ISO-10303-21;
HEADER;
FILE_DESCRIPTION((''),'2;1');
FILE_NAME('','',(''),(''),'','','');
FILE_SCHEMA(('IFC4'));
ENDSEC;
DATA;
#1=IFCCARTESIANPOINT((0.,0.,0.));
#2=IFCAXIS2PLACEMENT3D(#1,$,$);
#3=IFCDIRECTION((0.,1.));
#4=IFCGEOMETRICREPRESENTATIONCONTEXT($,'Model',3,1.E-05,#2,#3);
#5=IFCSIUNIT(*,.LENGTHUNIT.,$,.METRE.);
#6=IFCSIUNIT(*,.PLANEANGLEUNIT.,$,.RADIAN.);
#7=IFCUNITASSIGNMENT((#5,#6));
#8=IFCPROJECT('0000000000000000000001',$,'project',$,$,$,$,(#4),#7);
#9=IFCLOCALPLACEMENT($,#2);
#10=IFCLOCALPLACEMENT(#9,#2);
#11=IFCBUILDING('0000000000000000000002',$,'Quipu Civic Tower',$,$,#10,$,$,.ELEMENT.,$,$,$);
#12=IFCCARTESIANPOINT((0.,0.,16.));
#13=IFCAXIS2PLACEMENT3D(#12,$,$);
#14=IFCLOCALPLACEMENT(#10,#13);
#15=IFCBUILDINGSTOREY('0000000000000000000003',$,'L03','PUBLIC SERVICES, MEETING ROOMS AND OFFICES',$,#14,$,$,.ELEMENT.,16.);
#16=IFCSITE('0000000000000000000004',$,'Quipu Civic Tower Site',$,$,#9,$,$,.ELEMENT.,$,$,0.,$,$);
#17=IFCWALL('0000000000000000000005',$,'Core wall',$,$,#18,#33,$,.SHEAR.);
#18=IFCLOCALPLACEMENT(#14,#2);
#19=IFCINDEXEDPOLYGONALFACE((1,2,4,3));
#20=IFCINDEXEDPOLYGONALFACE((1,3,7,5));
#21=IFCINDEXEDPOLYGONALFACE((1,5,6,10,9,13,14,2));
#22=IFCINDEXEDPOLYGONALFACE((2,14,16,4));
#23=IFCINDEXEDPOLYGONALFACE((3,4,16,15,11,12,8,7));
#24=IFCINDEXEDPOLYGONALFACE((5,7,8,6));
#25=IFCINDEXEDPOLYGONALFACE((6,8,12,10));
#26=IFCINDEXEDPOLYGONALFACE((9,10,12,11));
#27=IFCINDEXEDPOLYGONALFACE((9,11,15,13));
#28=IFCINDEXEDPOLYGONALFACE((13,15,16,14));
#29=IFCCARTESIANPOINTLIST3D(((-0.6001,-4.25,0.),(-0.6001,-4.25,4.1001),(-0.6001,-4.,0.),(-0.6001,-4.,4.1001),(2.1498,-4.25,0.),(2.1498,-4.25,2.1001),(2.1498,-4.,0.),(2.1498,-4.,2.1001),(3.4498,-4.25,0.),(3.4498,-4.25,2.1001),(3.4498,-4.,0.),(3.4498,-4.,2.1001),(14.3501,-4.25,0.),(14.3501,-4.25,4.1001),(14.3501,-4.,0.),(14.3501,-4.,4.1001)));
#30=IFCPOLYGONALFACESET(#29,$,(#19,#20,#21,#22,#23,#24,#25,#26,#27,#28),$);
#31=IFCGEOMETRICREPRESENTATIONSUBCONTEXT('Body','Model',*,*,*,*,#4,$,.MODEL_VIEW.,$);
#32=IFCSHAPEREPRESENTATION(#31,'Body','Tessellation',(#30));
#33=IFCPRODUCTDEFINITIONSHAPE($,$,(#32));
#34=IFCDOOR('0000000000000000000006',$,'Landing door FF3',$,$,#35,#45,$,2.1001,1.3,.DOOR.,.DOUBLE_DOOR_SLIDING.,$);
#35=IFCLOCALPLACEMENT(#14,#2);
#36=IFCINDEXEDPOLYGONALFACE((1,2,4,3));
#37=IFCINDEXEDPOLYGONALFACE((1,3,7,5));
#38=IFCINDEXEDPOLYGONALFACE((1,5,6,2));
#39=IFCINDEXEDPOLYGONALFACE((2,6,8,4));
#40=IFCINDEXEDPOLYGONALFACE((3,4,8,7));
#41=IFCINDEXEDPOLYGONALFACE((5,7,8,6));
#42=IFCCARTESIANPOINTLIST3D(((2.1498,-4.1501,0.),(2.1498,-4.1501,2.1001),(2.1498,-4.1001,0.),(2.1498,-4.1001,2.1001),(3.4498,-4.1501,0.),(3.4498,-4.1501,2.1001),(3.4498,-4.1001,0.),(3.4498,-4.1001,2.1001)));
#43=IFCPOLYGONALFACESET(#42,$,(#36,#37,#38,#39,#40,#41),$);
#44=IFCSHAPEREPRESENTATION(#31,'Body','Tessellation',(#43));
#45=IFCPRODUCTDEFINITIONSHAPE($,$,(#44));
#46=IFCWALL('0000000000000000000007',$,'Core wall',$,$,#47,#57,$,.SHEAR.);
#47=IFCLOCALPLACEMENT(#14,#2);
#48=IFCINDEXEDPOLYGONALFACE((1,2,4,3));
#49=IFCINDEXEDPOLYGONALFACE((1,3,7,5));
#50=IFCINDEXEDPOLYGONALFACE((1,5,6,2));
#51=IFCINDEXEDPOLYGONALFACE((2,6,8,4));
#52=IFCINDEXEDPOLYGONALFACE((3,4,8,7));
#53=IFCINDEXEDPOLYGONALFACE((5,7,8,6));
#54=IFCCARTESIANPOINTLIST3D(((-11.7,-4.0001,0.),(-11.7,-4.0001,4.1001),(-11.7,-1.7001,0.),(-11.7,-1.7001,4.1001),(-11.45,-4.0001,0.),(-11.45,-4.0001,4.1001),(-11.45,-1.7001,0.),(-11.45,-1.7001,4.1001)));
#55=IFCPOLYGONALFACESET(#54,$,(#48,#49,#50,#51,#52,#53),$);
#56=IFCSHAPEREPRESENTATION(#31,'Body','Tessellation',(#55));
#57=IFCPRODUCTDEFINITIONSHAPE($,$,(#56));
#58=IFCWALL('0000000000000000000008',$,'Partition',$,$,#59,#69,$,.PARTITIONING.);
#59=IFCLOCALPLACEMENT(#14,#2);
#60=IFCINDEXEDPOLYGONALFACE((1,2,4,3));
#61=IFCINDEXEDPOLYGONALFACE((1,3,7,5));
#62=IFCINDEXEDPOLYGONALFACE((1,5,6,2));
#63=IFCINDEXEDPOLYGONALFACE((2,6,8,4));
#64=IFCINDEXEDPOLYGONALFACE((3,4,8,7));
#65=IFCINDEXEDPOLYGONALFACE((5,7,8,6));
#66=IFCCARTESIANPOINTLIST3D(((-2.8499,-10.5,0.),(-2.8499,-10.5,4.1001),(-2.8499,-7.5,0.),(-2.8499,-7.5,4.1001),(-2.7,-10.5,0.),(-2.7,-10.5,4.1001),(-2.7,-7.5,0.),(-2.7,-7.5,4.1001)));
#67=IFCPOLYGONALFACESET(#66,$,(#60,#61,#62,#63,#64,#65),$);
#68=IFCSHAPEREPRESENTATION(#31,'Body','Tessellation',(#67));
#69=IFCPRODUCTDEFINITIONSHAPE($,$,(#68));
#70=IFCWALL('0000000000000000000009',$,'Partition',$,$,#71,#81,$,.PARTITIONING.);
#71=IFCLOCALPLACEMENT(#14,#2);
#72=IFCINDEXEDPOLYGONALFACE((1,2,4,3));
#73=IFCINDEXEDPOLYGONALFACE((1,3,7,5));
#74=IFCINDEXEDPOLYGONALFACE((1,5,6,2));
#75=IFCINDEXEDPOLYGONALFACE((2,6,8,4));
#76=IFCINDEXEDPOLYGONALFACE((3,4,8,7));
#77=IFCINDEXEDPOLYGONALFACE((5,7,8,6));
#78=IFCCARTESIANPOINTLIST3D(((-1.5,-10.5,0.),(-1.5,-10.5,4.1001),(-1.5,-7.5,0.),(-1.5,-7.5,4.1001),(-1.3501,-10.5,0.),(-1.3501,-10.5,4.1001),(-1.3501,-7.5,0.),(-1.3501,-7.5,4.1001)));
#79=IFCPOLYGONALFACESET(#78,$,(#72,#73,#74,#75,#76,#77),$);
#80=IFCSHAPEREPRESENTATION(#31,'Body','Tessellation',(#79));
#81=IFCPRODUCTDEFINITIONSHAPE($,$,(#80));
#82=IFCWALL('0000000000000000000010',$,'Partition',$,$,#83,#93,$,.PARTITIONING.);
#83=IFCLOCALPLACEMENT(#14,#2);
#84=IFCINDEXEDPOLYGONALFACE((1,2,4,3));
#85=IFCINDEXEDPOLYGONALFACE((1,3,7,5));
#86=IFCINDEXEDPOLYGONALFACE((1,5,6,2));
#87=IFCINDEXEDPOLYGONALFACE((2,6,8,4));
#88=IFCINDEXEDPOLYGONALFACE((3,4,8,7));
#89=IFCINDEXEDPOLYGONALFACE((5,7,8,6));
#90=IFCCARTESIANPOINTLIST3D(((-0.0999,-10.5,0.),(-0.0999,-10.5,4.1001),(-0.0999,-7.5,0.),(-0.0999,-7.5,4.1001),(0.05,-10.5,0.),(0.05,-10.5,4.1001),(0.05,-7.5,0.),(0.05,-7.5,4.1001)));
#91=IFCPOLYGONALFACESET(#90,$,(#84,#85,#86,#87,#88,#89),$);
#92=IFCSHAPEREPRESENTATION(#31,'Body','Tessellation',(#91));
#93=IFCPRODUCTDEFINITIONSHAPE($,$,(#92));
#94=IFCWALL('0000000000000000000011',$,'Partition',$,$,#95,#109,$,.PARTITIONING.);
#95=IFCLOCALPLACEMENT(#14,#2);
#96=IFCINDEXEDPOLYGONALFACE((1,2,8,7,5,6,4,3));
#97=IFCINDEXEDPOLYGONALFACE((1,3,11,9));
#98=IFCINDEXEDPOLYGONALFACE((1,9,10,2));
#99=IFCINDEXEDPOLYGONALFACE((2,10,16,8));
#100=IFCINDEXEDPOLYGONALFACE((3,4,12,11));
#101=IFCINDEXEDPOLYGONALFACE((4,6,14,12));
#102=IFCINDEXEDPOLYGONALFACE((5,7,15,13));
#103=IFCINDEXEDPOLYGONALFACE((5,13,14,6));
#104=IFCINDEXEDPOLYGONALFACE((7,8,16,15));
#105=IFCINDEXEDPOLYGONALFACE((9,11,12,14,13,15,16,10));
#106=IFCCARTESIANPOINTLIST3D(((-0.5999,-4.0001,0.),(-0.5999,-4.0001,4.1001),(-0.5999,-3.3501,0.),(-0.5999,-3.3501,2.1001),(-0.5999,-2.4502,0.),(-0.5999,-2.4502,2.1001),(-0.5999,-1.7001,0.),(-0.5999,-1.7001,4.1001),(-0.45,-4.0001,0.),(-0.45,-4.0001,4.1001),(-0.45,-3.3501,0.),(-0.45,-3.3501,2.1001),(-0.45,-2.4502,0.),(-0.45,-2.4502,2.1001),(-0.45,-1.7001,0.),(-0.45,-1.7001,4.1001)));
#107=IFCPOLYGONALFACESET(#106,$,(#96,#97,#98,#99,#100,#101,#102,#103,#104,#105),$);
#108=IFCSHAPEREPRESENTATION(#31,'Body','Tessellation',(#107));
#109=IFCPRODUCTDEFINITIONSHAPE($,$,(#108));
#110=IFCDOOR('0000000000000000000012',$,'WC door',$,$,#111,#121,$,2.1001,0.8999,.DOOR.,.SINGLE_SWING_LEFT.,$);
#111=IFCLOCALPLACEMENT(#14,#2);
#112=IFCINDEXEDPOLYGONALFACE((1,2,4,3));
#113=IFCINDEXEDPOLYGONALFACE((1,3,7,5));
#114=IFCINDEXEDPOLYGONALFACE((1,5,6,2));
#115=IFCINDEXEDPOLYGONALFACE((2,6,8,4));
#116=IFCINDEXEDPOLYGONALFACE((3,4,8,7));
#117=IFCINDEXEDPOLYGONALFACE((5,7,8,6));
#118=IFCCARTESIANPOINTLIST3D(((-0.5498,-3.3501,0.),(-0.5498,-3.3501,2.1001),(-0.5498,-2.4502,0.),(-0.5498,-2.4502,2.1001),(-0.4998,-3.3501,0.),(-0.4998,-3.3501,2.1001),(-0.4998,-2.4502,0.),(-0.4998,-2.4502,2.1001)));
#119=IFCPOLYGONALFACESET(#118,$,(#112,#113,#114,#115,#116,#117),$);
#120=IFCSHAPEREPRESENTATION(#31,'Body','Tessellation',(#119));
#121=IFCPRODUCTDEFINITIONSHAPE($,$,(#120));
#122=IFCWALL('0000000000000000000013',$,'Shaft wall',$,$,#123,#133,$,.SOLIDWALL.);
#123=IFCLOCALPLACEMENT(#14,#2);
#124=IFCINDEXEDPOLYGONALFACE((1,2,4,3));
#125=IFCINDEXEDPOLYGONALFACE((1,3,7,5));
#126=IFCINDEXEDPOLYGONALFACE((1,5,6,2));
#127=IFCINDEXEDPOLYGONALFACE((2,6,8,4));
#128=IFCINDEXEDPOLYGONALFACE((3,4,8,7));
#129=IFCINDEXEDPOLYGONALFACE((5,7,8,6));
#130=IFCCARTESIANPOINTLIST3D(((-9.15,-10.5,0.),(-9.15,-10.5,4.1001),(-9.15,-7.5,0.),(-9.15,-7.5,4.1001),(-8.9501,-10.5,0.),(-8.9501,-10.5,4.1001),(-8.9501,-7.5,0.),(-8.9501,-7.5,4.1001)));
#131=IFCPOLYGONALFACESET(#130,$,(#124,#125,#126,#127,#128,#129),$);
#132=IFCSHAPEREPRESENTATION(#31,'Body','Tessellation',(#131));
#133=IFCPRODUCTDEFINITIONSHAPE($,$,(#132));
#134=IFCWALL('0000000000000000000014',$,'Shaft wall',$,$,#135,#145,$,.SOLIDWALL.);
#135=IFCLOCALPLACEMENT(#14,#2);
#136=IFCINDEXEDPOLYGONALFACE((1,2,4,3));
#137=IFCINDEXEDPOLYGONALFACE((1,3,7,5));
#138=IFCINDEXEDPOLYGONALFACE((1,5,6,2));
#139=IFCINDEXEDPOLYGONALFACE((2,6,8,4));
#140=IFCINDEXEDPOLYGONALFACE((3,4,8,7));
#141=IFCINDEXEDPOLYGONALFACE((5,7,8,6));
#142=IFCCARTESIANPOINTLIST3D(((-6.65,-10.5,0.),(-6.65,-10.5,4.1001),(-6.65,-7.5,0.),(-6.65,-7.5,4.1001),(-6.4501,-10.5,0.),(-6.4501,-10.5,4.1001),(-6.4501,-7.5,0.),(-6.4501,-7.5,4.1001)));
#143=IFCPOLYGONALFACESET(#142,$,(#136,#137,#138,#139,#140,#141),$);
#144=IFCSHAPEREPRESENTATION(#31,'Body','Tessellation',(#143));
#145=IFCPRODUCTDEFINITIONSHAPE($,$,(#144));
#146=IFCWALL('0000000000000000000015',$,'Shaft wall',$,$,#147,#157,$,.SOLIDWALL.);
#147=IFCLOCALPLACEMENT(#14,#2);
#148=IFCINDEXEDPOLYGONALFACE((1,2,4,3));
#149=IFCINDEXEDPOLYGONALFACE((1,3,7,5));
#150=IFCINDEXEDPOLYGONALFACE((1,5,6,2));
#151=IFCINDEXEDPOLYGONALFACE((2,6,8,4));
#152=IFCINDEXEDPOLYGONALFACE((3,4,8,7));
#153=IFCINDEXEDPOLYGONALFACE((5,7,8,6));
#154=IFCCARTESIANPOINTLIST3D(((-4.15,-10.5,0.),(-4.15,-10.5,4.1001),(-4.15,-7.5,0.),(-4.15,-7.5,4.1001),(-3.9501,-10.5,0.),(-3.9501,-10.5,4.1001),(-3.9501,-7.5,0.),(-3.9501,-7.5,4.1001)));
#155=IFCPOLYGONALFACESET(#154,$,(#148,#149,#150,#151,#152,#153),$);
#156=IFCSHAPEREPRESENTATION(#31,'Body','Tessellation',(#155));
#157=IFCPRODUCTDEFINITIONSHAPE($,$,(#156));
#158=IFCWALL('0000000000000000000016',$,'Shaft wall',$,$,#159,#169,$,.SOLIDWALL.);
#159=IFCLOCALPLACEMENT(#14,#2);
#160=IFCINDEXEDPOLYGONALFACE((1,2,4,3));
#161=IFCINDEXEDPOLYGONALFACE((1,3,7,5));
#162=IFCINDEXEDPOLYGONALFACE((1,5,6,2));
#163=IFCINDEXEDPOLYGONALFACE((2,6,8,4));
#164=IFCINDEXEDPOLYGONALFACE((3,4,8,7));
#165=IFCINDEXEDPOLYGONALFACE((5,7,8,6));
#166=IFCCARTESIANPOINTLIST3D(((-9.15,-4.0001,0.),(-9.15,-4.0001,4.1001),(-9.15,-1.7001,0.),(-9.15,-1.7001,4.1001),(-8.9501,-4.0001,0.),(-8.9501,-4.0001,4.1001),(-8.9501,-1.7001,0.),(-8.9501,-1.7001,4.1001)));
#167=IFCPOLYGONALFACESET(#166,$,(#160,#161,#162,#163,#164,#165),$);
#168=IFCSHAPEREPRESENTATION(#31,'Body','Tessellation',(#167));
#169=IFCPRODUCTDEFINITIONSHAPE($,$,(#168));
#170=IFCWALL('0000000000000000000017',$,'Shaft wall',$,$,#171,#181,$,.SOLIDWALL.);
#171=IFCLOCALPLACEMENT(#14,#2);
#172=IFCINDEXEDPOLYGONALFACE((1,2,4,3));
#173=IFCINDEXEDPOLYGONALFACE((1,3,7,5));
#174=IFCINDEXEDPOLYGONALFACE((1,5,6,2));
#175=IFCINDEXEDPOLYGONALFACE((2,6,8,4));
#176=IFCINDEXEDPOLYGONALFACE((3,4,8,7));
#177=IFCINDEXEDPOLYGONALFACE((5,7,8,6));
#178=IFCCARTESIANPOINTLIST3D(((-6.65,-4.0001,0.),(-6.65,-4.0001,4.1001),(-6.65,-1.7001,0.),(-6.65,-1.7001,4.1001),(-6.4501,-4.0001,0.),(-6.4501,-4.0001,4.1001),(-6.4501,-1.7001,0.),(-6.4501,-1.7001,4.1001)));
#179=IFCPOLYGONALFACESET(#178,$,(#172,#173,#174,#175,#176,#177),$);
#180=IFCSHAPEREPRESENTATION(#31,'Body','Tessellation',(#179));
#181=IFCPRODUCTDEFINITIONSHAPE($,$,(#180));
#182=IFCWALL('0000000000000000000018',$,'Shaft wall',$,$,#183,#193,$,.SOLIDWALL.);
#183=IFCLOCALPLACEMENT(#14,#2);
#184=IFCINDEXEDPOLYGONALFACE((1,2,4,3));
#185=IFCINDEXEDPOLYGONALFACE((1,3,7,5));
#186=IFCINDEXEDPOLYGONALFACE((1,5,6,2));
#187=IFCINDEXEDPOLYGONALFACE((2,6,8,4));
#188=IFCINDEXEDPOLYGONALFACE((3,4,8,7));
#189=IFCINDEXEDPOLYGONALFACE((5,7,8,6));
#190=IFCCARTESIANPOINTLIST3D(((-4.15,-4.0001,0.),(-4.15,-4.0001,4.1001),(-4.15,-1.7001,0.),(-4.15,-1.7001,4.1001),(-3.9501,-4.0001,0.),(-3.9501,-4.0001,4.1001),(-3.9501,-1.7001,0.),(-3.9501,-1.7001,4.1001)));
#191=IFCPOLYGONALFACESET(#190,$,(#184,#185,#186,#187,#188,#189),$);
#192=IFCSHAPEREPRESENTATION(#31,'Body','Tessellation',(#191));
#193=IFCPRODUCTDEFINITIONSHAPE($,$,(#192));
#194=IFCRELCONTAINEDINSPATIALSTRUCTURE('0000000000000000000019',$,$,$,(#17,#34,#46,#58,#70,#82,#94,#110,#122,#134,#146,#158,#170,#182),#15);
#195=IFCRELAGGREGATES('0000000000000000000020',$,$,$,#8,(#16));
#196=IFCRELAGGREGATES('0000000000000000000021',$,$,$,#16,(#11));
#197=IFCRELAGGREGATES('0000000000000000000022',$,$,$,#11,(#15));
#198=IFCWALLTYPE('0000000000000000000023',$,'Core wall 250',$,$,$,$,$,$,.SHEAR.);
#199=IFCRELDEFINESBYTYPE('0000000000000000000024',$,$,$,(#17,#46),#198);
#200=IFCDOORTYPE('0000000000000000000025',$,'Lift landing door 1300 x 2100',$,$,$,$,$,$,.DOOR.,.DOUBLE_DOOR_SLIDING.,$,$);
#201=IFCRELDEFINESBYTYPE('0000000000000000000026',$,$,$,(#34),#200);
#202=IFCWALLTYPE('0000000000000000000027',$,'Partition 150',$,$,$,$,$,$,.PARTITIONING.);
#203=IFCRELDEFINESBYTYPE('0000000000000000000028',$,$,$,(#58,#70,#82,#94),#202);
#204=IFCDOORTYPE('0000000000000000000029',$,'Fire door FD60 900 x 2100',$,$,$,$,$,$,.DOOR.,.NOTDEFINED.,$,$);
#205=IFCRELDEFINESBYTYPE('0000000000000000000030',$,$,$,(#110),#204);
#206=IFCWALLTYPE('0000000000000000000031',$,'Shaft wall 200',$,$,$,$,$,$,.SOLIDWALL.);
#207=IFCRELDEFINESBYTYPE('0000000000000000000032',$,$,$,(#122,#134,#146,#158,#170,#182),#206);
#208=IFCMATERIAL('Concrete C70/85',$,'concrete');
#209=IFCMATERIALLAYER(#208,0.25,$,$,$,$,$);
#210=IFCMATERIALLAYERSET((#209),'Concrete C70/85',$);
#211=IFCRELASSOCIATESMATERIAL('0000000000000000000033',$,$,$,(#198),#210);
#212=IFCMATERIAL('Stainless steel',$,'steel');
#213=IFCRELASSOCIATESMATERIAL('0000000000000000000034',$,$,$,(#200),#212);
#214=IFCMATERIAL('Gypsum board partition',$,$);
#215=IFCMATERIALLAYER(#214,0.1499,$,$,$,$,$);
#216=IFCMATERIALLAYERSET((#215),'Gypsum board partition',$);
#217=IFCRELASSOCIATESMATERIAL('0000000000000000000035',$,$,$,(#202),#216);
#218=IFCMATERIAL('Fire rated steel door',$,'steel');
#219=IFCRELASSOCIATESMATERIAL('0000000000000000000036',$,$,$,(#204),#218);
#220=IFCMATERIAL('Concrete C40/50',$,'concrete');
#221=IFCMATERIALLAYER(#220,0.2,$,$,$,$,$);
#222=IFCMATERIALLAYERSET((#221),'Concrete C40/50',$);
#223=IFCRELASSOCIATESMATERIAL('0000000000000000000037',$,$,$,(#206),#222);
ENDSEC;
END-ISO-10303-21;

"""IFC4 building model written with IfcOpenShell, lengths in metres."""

from ifc_helpers import new_model, si_unit, direction, frame, frame_2d, origin, place, context, subcontext, project, spatial, rectangle, extrude, material, layer, layer_set, type_object, element, fill, save


model = new_model("IFC4")

# Units and contexts
model_context = context("Model", 3, precision=1e-05, world=origin(), true_north=direction((0.0, 1.0)))
body_context = subcontext(model_context, "Body", "Model", "MODEL_VIEW")
ifc_project = project(units=[si_unit("LENGTHUNIT", "METRE"), si_unit("PLANEANGLEUNIT", "RADIAN")], contexts=[model_context])

# Site, building, storey
site_placement = place(None, origin())
site = spatial("IfcSite", under=ifc_project, at=site_placement, Name="Quipu Civic Tower Site", CompositionType="ELEMENT", RefElevation=0.0)
building_placement = place(site_placement, origin())
building = spatial("IfcBuilding", under=site, at=building_placement, Name="Quipu Civic Tower", CompositionType="ELEMENT")
storey_placement = place(building_placement, frame((0.0, 0.0, 16.0)))
storey = spatial("IfcBuildingStorey", under=building, at=storey_placement, Name="L03", Description="PUBLIC SERVICES, MEETING ROOMS AND OFFICES", CompositionType="ELEMENT", Elevation=16.0)

# Shared definitions
ifc_material_1 = material(Name="Concrete C70/85", Category="concrete")
ifc_layer_1 = layer(ifc_material_1, 0.25)
ifc_layer_set_1 = layer_set([ifc_layer_1], Name="Concrete C70/85")
wall_type_1 = type_object("IfcWallType", Name="Core wall 250", PredefinedType="SHEAR", material=ifc_layer_set_1)

# Wall, opening, door
wall_1_placement = place(storey_placement, frame((-0.6001, -4.125, 0.0), z_axis=(0.0, 0.0, 1.0), x_axis=(1.0, 0.0, 0.0)))
wall_1 = element("IfcWall", 1, at=wall_1_placement, inside=storey, type_object=wall_type_1, Name="Core wall", PredefinedType="SHEAR", context=body_context, shape_type="SweptSolid", body=[
    extrude(rectangle(XDim=14.9502, YDim=0.25, at=frame_2d((7.4751, 0.0))), origin(), (0.0, 0.0, 1.0), 4.1001),
])
opening_1_placement = place(wall_1_placement, frame((2.75, 0.0, 0.0)))
opening_1 = element("IfcOpeningElement", 2, at=opening_1_placement, cuts=wall_1, PredefinedType="OPENING", context=body_context, shape_type="SweptSolid", body=[
    extrude(rectangle(XDim=1.3, YDim=2.1001, at=frame_2d((0.6499, 1.05))), frame((0.0, 0.135, 0.0), z_axis=(0.0, -1.0, 0.0), x_axis=(1.0, 0.0, 0.0)), (0.0, 0.0, 1.0), 0.27),
])
ifc_material_2 = material(Name="Stainless steel", Category="steel")
door_type_1 = type_object("IfcDoorType", Name="Lift landing door 1300 x 2100", OperationType="DOUBLE_DOOR_SLIDING", PredefinedType="DOOR", material=ifc_material_2)
door_1_placement = place(opening_1_placement, origin())
door_1 = element("IfcDoor", 3, at=door_1_placement, inside=storey, type_object=door_type_1, Name="Landing door FF3", OperationType="DOUBLE_DOOR_SLIDING", OverallHeight=2.1001, OverallWidth=1.3, PredefinedType="DOOR", context=body_context, shape_type="SweptSolid", body=[
    extrude(rectangle(XDim=1.3, YDim=2.1001, at=frame_2d((0.6499, 1.05))), frame((0.0, 0.0249, 0.0), z_axis=(0.0, -1.0, 0.0), x_axis=(1.0, 0.0, 0.0)), (0.0, 0.0, 1.0), 0.05),
])
fill(opening_1, door_1)

# Walls
wall_2_placement = place(storey_placement, frame((-11.575, -4.0, 0.0), z_axis=(0.0, 0.0, 1.0), x_axis=(0.0, 1.0, 0.0)))
element("IfcWall", 4, at=wall_2_placement, inside=storey, type_object=wall_type_1, Name="Core wall", PredefinedType="SHEAR", context=body_context, shape_type="SweptSolid", body=[
    extrude(rectangle(XDim=2.3, YDim=0.25, at=frame_2d((1.1499, 0.0))), origin(), (0.0, 0.0, 1.0), 4.1001),
])
ifc_material_3 = material(Name="Gypsum board partition")
ifc_layer_2 = layer(ifc_material_3, 0.1499)
ifc_layer_set_2 = layer_set([ifc_layer_2], Name="Gypsum board partition")
wall_type_2 = type_object("IfcWallType", Name="Partition 150", PredefinedType="PARTITIONING", material=ifc_layer_set_2)
for number, where, z_axis, x_axis, name in (
    (5, (-2.7749, -10.5, 0.0), (0.0, 0.0, 1.0), (0.0, 1.0, 0.0), "Partition"),
    (6, (-1.425, -10.5, 0.0), (0.0, 0.0, 1.0), (0.0, 1.0, 0.0), "Partition"),
    (7, (-0.0249, -10.5, 0.0), (0.0, 0.0, 1.0), (0.0, 1.0, 0.0), "Partition"),
):
    element("IfcWall", number, at=place(storey_placement, frame(where, z_axis=z_axis, x_axis=x_axis)), inside=storey, type_object=wall_type_2, Name=name, PredefinedType="PARTITIONING", context=body_context, shape_type="SweptSolid", body=[
        extrude(rectangle(XDim=3.0, YDim=0.1499, at=frame_2d((1.5, 0.0))), origin(), (0.0, 0.0, 1.0), 4.1001),
    ])

# Wall, opening, door
wall_3_placement = place(storey_placement, frame((-0.5249, -4.0, 0.0), z_axis=(0.0, 0.0, 1.0), x_axis=(0.0, 1.0, 0.0)))
wall_3 = element("IfcWall", 8, at=wall_3_placement, inside=storey, type_object=wall_type_2, Name="Partition", PredefinedType="PARTITIONING", context=body_context, shape_type="SweptSolid", body=[
    extrude(rectangle(XDim=2.3, YDim=0.1499, at=frame_2d((1.1499, 0.0))), origin(), (0.0, 0.0, 1.0), 4.1001),
])
opening_2_placement = place(wall_3_placement, frame((0.6499, 0.0, 0.0)))
opening_2 = element("IfcOpeningElement", 9, at=opening_2_placement, cuts=wall_3, PredefinedType="OPENING", context=body_context, shape_type="SweptSolid", body=[
    extrude(rectangle(XDim=0.8999, YDim=2.1001, at=frame_2d((0.45, 1.05))), frame((0.0, 0.085, 0.0), z_axis=(0.0, -1.0, 0.0), x_axis=(1.0, 0.0, 0.0)), (0.0, 0.0, 1.0), 0.1699),
])
ifc_material_4 = material(Name="Fire rated steel door", Category="steel")
door_type_2 = type_object("IfcDoorType", Name="Fire door FD60 900 x 2100", OperationType="NOTDEFINED", PredefinedType="DOOR", material=ifc_material_4)
door_2_placement = place(opening_2_placement, origin())
door_2 = element("IfcDoor", 10, at=door_2_placement, inside=storey, type_object=door_type_2, Name="WC door", OperationType="SINGLE_SWING_LEFT", OverallHeight=2.1001, OverallWidth=0.8999, PredefinedType="DOOR", context=body_context, shape_type="SweptSolid", body=[
    extrude(rectangle(XDim=0.8999, YDim=2.1001, at=frame_2d((0.45, 1.05))), frame((0.0, 0.0249, 0.0), z_axis=(0.0, -1.0, 0.0), x_axis=(1.0, 0.0, 0.0)), (0.0, 0.0, 1.0), 0.05),
])
fill(opening_2, door_2)

# Walls
ifc_material_5 = material(Name="Concrete C40/50", Category="concrete")
ifc_layer_3 = layer(ifc_material_5, 0.2)
ifc_layer_set_3 = layer_set([ifc_layer_3], Name="Concrete C40/50")
wall_type_3 = type_object("IfcWallType", Name="Shaft wall 200", PredefinedType="SOLIDWALL", material=ifc_layer_set_3)
for number, where, z_axis, x_axis, name in (
    (11, (-9.05, -10.5, 0.0), (0.0, 0.0, 1.0), (0.0, 1.0, 0.0), "Shaft wall"),
    (12, (-6.55, -10.5, 0.0), (0.0, 0.0, 1.0), (0.0, 1.0, 0.0), "Shaft wall"),
    (13, (-4.05, -10.5, 0.0), (0.0, 0.0, 1.0), (0.0, 1.0, 0.0), "Shaft wall"),
):
    element("IfcWall", number, at=place(storey_placement, frame(where, z_axis=z_axis, x_axis=x_axis)), inside=storey, type_object=wall_type_3, Name=name, PredefinedType="SOLIDWALL", context=body_context, shape_type="SweptSolid", body=[
        extrude(rectangle(XDim=3.0, YDim=0.2, at=frame_2d((1.5, 0.0))), origin(), (0.0, 0.0, 1.0), 4.1001),
    ])
for number, where, z_axis, x_axis, name in (
    (14, (-9.05, -4.0, 0.0), (0.0, 0.0, 1.0), (0.0, 1.0, 0.0), "Shaft wall"),
    (15, (-6.55, -4.0, 0.0), (0.0, 0.0, 1.0), (0.0, 1.0, 0.0), "Shaft wall"),
    (16, (-4.05, -4.0, 0.0), (0.0, 0.0, 1.0), (0.0, 1.0, 0.0), "Shaft wall"),
):
    element("IfcWall", number, at=place(storey_placement, frame(where, z_axis=z_axis, x_axis=x_axis)), inside=storey, type_object=wall_type_3, Name=name, PredefinedType="SOLIDWALL", context=body_context, shape_type="SweptSolid", body=[
        extrude(rectangle(XDim=2.3, YDim=0.2, at=frame_2d((1.1499, 0.0))), origin(), (0.0, 0.0, 1.0), 4.1001),
    ])

save(model, "model.ifc")
